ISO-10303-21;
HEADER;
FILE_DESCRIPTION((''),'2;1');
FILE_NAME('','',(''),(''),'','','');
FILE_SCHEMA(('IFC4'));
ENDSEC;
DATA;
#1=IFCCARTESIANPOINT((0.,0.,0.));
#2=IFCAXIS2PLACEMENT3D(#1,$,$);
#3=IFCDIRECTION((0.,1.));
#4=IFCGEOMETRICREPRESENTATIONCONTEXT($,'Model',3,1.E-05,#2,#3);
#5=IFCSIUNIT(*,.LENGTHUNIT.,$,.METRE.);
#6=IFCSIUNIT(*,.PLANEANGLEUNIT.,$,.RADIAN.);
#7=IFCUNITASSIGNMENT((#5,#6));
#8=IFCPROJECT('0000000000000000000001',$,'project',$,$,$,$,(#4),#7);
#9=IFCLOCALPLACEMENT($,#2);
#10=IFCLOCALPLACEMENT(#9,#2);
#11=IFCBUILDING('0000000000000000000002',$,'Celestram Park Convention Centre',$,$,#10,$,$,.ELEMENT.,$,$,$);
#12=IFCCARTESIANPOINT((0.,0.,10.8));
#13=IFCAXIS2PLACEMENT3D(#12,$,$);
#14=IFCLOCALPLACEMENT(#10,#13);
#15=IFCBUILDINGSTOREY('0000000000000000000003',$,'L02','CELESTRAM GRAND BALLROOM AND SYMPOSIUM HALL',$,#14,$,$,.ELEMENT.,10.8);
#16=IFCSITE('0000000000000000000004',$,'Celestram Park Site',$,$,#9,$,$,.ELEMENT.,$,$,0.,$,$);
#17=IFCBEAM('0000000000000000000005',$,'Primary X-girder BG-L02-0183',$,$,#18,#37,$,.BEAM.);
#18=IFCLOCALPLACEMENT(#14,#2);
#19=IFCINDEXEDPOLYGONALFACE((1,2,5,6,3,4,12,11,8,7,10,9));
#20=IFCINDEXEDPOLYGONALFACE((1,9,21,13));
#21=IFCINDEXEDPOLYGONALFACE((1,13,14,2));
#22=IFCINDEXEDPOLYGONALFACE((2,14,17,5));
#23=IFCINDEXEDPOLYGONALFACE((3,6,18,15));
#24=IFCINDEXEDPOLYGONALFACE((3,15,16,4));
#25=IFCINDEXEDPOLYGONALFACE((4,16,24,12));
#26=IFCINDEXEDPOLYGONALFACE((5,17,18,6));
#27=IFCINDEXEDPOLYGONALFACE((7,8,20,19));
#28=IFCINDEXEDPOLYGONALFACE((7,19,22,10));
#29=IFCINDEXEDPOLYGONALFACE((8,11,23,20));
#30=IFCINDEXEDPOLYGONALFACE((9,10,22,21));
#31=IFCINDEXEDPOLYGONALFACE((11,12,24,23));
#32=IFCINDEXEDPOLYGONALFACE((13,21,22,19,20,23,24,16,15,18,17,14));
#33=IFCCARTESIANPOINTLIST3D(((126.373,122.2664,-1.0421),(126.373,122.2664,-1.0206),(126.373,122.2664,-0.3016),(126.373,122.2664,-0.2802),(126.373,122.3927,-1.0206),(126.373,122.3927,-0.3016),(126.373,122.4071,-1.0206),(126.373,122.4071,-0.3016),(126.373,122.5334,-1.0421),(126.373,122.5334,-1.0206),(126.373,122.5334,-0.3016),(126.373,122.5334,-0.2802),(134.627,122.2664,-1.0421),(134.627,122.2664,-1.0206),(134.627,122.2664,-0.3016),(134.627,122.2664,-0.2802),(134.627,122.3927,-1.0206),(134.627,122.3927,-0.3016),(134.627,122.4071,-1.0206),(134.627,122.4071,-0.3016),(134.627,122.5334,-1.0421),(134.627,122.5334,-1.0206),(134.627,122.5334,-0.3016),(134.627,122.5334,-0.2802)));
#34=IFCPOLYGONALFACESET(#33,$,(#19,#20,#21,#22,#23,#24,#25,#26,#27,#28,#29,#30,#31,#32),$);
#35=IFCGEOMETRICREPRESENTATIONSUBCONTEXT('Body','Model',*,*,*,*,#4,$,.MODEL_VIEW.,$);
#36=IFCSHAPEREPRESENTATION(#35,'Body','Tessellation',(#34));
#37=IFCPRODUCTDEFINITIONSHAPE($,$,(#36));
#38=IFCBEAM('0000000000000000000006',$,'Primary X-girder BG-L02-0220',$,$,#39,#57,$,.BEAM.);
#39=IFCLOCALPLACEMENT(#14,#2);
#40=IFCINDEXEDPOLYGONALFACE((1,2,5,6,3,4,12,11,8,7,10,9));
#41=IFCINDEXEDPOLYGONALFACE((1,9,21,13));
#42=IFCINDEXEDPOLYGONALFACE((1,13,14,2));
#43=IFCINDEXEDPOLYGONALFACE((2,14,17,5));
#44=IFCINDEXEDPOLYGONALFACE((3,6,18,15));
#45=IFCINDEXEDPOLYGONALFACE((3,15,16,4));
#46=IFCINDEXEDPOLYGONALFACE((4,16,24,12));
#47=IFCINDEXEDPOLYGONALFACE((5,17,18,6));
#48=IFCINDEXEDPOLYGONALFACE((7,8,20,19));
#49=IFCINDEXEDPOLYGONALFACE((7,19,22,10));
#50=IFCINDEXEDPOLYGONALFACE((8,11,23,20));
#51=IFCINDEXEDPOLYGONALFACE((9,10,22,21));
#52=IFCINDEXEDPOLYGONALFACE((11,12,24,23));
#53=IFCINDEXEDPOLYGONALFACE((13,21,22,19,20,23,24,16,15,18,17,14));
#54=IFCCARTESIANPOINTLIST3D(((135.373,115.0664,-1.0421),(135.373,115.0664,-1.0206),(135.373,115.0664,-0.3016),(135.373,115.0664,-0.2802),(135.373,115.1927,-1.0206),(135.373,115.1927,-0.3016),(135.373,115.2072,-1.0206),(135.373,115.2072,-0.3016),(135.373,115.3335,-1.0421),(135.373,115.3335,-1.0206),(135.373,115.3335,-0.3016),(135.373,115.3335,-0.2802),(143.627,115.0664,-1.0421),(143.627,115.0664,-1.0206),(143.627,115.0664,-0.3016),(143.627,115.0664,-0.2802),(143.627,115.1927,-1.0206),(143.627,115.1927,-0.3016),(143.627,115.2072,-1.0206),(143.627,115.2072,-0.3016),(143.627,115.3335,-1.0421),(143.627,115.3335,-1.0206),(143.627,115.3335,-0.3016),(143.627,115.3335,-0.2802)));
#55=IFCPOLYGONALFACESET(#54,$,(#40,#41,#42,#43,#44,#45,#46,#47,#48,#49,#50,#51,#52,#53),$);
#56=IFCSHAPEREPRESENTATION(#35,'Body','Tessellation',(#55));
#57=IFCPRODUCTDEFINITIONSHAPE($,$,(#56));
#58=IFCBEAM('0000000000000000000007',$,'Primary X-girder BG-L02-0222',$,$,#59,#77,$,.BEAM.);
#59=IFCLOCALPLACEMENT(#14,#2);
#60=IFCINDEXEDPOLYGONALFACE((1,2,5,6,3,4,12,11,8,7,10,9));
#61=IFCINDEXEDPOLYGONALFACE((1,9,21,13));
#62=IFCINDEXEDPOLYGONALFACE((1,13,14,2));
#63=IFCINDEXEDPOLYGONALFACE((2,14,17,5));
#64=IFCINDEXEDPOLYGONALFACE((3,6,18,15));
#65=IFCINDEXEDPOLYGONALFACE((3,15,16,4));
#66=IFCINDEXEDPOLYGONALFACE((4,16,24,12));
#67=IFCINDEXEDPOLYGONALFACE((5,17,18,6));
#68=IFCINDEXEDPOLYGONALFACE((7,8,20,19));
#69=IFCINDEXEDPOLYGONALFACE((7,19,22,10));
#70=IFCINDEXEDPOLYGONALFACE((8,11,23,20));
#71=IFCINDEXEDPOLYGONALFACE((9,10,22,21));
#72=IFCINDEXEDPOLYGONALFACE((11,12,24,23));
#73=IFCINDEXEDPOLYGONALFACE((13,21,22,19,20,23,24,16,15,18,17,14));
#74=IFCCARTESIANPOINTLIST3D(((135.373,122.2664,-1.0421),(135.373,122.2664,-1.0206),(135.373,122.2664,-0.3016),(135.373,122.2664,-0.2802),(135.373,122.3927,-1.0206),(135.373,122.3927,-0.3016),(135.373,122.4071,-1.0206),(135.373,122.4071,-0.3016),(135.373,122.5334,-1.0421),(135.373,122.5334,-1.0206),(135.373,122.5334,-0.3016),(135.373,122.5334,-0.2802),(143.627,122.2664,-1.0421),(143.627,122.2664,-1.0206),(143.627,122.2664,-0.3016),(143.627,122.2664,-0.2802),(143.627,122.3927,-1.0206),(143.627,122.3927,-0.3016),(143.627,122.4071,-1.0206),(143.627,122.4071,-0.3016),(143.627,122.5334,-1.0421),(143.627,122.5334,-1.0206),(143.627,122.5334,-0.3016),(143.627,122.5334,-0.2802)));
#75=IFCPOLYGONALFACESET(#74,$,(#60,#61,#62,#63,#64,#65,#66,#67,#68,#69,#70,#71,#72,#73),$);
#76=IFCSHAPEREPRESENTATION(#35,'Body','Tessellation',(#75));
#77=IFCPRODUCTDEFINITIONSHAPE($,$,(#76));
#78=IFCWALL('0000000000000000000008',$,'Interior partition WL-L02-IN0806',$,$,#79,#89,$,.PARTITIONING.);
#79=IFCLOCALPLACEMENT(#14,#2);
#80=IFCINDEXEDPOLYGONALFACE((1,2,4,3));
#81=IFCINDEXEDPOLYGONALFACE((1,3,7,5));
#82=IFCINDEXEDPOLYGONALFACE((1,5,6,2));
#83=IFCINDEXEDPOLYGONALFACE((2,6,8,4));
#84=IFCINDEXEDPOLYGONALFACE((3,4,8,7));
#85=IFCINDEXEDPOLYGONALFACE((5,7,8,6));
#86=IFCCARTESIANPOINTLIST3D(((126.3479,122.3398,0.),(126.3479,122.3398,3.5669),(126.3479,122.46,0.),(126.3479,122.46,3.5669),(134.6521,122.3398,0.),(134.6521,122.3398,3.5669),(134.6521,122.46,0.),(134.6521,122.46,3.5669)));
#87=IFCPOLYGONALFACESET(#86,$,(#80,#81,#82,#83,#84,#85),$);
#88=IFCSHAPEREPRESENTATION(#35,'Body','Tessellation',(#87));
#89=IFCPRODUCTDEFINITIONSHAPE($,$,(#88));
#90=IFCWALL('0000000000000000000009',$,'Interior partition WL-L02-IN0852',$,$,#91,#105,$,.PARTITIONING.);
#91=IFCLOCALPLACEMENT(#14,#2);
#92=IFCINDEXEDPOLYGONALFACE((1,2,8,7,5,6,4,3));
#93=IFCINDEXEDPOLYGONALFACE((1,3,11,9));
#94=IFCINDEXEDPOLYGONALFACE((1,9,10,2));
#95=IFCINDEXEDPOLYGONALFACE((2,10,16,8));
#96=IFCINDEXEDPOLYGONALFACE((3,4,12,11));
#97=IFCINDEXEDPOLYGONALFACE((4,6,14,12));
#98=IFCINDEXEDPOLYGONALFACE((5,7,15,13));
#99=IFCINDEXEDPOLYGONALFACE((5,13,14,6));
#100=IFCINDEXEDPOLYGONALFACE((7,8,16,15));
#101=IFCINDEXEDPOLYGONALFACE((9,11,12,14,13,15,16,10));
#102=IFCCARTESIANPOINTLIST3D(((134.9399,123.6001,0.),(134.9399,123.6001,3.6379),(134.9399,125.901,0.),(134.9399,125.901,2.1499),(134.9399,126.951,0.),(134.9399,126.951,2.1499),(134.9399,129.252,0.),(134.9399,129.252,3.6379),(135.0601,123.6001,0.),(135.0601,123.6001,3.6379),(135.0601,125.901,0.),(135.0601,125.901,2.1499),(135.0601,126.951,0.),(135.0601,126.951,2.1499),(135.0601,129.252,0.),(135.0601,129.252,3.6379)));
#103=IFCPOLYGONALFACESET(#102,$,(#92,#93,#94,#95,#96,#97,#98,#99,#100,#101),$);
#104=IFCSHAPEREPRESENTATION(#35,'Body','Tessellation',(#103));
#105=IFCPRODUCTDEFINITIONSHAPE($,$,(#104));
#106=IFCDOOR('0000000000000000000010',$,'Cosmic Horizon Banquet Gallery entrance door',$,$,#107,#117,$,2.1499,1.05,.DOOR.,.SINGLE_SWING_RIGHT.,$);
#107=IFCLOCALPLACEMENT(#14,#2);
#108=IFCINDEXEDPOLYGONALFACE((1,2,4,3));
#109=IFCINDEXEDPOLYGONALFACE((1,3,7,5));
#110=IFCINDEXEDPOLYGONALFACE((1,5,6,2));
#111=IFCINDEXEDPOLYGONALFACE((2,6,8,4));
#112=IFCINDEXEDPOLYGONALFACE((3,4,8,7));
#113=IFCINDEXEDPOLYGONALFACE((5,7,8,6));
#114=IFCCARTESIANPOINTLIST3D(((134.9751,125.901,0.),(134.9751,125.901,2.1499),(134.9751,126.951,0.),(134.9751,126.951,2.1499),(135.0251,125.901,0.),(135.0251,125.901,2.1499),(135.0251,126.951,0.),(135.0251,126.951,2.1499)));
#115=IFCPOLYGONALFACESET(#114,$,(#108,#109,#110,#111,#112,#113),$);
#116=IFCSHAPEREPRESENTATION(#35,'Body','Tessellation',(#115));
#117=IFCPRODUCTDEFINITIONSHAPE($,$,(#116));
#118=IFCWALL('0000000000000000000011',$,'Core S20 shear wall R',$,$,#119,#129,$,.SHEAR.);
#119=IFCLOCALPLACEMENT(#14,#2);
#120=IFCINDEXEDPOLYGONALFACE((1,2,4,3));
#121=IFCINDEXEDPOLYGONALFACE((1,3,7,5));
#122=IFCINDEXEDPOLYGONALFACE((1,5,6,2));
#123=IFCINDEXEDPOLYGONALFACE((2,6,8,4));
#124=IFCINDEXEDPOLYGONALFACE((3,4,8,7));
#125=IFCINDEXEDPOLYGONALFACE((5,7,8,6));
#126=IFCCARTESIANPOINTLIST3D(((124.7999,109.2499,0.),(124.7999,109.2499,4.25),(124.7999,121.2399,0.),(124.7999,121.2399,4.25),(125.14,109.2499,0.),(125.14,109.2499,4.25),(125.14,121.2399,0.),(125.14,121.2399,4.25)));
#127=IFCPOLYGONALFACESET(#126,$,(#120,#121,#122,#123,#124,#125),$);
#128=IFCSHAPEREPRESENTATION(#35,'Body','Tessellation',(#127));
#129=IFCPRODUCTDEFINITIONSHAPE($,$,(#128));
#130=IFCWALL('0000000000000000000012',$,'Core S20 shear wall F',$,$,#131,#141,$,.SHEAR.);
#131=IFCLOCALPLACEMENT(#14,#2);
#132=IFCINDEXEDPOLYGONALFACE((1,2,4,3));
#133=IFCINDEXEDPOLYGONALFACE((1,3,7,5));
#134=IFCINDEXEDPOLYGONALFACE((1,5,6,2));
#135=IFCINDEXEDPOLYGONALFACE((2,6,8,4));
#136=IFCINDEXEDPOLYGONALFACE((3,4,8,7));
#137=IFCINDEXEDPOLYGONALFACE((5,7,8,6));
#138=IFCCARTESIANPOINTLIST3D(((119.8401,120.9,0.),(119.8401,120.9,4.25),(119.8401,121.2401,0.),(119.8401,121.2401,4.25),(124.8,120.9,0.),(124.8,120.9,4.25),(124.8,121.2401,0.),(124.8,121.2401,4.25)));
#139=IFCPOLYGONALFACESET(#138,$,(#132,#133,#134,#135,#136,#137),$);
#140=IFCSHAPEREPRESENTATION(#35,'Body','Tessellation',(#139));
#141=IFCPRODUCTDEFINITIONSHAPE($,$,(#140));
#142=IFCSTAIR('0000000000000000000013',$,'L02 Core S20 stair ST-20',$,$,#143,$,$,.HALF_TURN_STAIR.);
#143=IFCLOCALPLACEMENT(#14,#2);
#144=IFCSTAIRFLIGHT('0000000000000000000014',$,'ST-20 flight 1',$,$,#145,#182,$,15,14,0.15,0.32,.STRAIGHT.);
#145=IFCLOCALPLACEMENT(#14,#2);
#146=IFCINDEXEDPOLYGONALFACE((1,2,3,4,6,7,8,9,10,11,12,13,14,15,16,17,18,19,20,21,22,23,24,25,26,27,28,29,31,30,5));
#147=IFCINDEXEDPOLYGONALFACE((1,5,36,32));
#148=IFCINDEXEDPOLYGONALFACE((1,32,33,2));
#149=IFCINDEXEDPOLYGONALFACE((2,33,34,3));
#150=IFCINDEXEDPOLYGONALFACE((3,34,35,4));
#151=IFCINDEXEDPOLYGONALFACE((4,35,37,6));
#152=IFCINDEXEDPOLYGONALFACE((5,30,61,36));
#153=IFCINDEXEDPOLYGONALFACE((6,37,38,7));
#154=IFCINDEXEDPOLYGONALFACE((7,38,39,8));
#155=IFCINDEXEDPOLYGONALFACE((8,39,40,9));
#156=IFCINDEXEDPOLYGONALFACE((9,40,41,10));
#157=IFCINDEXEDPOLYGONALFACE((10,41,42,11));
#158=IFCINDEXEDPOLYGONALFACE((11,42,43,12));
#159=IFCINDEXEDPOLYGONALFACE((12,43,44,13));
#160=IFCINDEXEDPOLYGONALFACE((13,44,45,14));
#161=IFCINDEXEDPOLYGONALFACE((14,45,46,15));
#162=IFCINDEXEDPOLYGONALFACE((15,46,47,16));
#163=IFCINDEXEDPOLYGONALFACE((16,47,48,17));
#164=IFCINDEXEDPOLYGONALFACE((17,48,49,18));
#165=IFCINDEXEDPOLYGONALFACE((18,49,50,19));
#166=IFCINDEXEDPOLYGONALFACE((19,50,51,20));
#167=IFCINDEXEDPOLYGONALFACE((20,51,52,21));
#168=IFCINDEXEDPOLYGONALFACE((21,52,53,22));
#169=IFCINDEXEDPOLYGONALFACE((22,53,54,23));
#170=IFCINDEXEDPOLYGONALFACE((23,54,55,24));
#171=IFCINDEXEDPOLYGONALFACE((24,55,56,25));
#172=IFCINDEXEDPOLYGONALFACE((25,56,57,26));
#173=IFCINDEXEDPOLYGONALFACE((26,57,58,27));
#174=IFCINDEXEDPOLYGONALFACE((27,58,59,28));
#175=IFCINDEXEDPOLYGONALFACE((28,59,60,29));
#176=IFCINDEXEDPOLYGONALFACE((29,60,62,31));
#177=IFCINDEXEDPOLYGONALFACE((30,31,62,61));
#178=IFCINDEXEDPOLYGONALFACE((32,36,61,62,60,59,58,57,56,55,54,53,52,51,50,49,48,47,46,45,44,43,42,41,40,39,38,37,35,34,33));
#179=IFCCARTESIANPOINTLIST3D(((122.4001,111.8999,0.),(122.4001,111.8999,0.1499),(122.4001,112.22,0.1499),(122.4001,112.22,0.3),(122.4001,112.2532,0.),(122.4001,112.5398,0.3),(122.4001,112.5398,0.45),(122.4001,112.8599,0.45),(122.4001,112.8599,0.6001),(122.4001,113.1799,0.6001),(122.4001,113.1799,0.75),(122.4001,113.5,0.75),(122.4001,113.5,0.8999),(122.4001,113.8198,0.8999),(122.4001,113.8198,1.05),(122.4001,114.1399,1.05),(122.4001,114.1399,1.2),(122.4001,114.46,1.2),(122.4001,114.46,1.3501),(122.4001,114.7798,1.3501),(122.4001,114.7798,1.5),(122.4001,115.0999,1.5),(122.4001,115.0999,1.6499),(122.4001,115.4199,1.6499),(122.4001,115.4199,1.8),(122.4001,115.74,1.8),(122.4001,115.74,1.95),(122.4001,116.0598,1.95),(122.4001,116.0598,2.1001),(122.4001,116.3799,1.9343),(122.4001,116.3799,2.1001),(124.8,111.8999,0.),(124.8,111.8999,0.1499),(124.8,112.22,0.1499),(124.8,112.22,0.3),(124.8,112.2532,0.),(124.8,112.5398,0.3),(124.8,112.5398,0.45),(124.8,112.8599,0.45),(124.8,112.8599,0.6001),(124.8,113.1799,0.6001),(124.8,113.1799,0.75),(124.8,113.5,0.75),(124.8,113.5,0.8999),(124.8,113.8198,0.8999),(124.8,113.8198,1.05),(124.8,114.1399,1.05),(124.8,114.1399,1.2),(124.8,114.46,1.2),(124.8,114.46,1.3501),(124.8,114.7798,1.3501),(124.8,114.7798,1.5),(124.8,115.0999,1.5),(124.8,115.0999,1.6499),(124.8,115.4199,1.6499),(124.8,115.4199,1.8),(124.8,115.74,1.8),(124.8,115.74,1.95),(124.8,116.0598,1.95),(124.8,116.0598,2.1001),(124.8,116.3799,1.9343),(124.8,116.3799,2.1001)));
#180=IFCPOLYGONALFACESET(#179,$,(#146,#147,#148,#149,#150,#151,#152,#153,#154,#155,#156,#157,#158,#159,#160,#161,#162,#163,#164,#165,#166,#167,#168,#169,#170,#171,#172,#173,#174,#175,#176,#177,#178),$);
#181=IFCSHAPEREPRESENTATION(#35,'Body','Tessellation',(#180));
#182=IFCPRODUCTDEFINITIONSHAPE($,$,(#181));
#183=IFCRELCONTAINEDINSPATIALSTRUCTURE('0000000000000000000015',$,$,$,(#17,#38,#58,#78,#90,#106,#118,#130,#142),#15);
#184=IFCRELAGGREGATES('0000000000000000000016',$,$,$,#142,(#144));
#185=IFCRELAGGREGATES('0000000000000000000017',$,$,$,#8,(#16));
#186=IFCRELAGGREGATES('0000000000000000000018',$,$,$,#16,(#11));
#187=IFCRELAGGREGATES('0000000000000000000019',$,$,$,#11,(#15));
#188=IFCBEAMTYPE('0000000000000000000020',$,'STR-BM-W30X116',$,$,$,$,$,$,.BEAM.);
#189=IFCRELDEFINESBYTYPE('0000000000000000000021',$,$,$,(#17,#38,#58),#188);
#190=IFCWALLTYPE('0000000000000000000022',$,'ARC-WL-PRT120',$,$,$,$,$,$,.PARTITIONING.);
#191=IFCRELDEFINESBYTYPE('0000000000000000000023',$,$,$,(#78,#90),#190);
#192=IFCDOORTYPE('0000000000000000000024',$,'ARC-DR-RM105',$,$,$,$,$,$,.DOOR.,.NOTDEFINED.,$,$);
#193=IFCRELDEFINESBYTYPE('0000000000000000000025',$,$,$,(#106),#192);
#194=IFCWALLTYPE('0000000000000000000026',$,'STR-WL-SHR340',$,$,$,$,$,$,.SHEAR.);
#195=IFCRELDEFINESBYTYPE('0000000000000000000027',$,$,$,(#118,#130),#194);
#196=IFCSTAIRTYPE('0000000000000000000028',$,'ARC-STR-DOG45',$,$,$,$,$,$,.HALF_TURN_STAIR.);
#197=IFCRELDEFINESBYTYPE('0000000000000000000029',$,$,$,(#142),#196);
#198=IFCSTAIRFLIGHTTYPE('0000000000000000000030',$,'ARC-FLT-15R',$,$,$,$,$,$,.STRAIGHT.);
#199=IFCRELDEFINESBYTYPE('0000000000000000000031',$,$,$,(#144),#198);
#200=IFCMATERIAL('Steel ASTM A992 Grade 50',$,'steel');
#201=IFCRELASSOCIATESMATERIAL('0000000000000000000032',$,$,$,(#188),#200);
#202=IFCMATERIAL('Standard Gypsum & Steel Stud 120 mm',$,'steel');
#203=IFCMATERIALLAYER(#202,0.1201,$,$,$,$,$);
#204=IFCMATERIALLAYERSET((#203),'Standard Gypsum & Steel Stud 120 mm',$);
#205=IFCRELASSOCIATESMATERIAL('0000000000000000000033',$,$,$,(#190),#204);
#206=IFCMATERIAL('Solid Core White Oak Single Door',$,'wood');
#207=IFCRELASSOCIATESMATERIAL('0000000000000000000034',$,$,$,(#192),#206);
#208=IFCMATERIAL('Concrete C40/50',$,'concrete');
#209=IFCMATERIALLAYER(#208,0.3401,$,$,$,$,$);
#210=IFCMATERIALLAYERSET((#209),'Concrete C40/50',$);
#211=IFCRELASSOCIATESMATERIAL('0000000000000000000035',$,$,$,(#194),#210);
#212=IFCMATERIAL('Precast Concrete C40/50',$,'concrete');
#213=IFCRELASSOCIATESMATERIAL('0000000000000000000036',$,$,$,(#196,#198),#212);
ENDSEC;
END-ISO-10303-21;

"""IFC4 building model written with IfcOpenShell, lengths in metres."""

from ifc_helpers import new_model, si_unit, direction, frame, frame_2d, origin, origin_2d, place, context, subcontext, project, spatial, polyline, rectangle, i_section, outline, extrude, material, layer, layer_set, material_profile, profile_set, type_object, element, fill, aggregate, save


model = new_model("IFC4")

# Units and contexts
model_context = context("Model", 3, precision=1e-05, world=origin(), true_north=direction((0.0, 1.0)))
body_context = subcontext(model_context, "Body", "Model", "MODEL_VIEW")
ifc_project = project(units=[si_unit("LENGTHUNIT", "METRE"), si_unit("PLANEANGLEUNIT", "RADIAN")], contexts=[model_context])

# Site, building, storey
site_placement = place(None, origin())
site = spatial("IfcSite", under=ifc_project, at=site_placement, Name="Celestram Park Site", CompositionType="ELEMENT", RefElevation=0.0)
building_placement = place(site_placement, origin())
building = spatial("IfcBuilding", under=site, at=building_placement, Name="Celestram Park Convention Centre", CompositionType="ELEMENT")
storey_placement = place(building_placement, frame((0.0, 0.0, 10.8)))
storey = spatial("IfcBuildingStorey", under=building, at=storey_placement, Name="L02", Description="CELESTRAM GRAND BALLROOM AND SYMPOSIUM HALL", CompositionType="ELEMENT", Elevation=10.8)

# Shared definitions
ifc_material_1 = material(Name="Concrete C40/50", Category="concrete")

# Beams
ifc_material_2 = material(Name="Steel ASTM A992 Grade 50", Category="steel")
ifc_material_profile_1 = material_profile(ifc_material_2, i_section(OverallWidth=0.2671, OverallDepth=0.762, WebThickness=0.0144, FlangeThickness=0.0215, at=origin_2d()), Name="W30X116")
ifc_profile_set_1 = profile_set([ifc_material_profile_1], Name="Steel ASTM A992 Grade 50")
beam_type_1 = type_object("IfcBeamType", Name="STR-BM-W30X116", PredefinedType="BEAM", material=ifc_profile_set_1)
for number, where, z_axis, x_axis, name in (
    (1, (126.373, 122.3999, -0.6611), (1.0, 0.0, 0.0), (0.0, 1.0, 0.0), "Primary X-girder BG-L02-0183"),
    (2, (135.373, 115.2, -0.6611), (1.0, 0.0, 0.0), (0.0, 1.0, 0.0), "Primary X-girder BG-L02-0220"),
    (3, (135.373, 122.3999, -0.6611), (1.0, 0.0, 0.0), (0.0, 1.0, 0.0), "Primary X-girder BG-L02-0222"),
):
    element("IfcBeam", number, at=place(storey_placement, frame(where, z_axis=z_axis, x_axis=x_axis)), inside=storey, type_object=beam_type_1, Name=name, PredefinedType="BEAM", context=body_context, shape_type="SweptSolid", body=[
        extrude(i_section(OverallWidth=0.2671, OverallDepth=0.762, WebThickness=0.0144, FlangeThickness=0.0215, at=origin_2d()), origin(), (0.0, 0.0, 1.0), 8.2539),
    ])

# Wall
ifc_material_3 = material(Name="Standard Gypsum & Steel Stud 120 mm", Category="steel")
ifc_layer_1 = layer(ifc_material_3, 0.1201)
ifc_layer_set_1 = layer_set([ifc_layer_1], Name="Standard Gypsum & Steel Stud 120 mm")
wall_type_1 = type_object("IfcWallType", Name="ARC-WL-PRT120", PredefinedType="PARTITIONING", material=ifc_layer_set_1)
wall_1_placement = place(storey_placement, frame((126.3479, 122.3999, 0.0), z_axis=(0.0, 0.0, 1.0), x_axis=(1.0, 0.0, 0.0)))
element("IfcWall", 4, at=wall_1_placement, inside=storey, type_object=wall_type_1, Name="Interior partition WL-L02-IN0806", PredefinedType="PARTITIONING", context=body_context, shape_type="SweptSolid", body=[
    extrude(rectangle(XDim=8.3042, YDim=0.1201, at=frame_2d((4.1521, 0.0))), origin(), (0.0, 0.0, 1.0), 3.5669),
])

# Wall, opening, door
wall_2_placement = place(storey_placement, frame((135.0, 123.6001, 0.0), z_axis=(0.0, 0.0, 1.0), x_axis=(0.0, 1.0, 0.0)))
wall_2 = element("IfcWall", 5, at=wall_2_placement, inside=storey, type_object=wall_type_1, Name="Interior partition WL-L02-IN0852", PredefinedType="PARTITIONING", context=body_context, shape_type="SweptSolid", body=[
    extrude(rectangle(XDim=5.6519, YDim=0.1201, at=frame_2d((2.8259, 0.0))), origin(), (0.0, 0.0, 1.0), 3.6379),
])
opening_placement = place(wall_2_placement, frame((2.301, 0.0, 0.0)))
opening = element("IfcOpeningElement", 6, at=opening_placement, cuts=wall_2, PredefinedType="OPENING", context=body_context, shape_type="SweptSolid", body=[
    extrude(rectangle(XDim=1.05, YDim=2.1499, at=frame_2d((0.5249, 1.075))), frame((0.0, 0.0701, 0.0), z_axis=(0.0, -1.0, 0.0), x_axis=(1.0, 0.0, 0.0)), (0.0, 0.0, 1.0), 0.1401),
])
ifc_material_4 = material(Name="Solid Core White Oak Single Door", Category="wood")
door_type = type_object("IfcDoorType", Name="ARC-DR-RM105", OperationType="NOTDEFINED", PredefinedType="DOOR", material=ifc_material_4)
door_placement = place(opening_placement, origin())
door = element("IfcDoor", 7, at=door_placement, inside=storey, type_object=door_type, Name="Cosmic Horizon Banquet Gallery entrance door", OperationType="SINGLE_SWING_RIGHT", OverallHeight=2.1499, OverallWidth=1.05, PredefinedType="DOOR", context=body_context, shape_type="SweptSolid", body=[
    extrude(rectangle(XDim=1.05, YDim=2.1499, at=frame_2d((0.5249, 1.075))), frame((0.0, 0.0249, 0.0), z_axis=(0.0, -1.0, 0.0), x_axis=(1.0, 0.0, 0.0)), (0.0, 0.0, 1.0), 0.05),
])
fill(opening, door)

# Walls
ifc_layer_2 = layer(ifc_material_1, 0.3401)
ifc_layer_set_2 = layer_set([ifc_layer_2], Name="Concrete C40/50")
wall_type_2 = type_object("IfcWallType", Name="STR-WL-SHR340", PredefinedType="SHEAR", material=ifc_layer_set_2)
wall_3_placement = place(storey_placement, frame((124.97, 121.24, 0.0), z_axis=(0.0, 0.0, 1.0), x_axis=(0.0, -1.0, 0.0)))
element("IfcWall", 8, at=wall_3_placement, inside=storey, type_object=wall_type_2, Name="Core S20 shear wall R", PredefinedType="SHEAR", context=body_context, shape_type="SweptSolid", body=[
    extrude(rectangle(XDim=11.99, YDim=0.3401, at=frame_2d((5.9951, 0.0))), origin(), (0.0, 0.0, 1.0), 4.25),
])
wall_4_placement = place(storey_placement, frame((119.8401, 121.0701, 0.0), z_axis=(0.0, 0.0, 1.0), x_axis=(1.0, 0.0, 0.0)))
element("IfcWall", 9, at=wall_4_placement, inside=storey, type_object=wall_type_2, Name="Core S20 shear wall F", PredefinedType="SHEAR", context=body_context, shape_type="SweptSolid", body=[
    extrude(rectangle(XDim=4.96, YDim=0.3401, at=frame_2d((2.48, 0.0))), origin(), (0.0, 0.0, 1.0), 4.25),
])

# Stair, stair flight
ifc_material_5 = material(Name="Precast Concrete C40/50", Category="concrete")
stair_type = type_object("IfcStairType", Name="ARC-STR-DOG45", PredefinedType="HALF_TURN_STAIR", material=ifc_material_5)
stair_placement = place(storey_placement, origin())
stair = element("IfcStair", 10, at=stair_placement, inside=storey, type_object=stair_type, Name="L02 Core S20 stair ST-20", PredefinedType="HALF_TURN_STAIR")
stair_flight_type = type_object("IfcStairFlightType", Name="ARC-FLT-15R", PredefinedType="STRAIGHT", material=ifc_material_5)
stair_flight_1_placement = place(storey_placement, frame((123.6001, 111.8999, 0.0), z_axis=(0.0, 0.0, 1.0), x_axis=(0.0, 1.0, 0.0)))
stair_flight_1 = element("IfcStairFlight", 11, at=stair_flight_1_placement, type_object=stair_flight_type, Name="ST-20 flight 1", NumberOfRisers=15, NumberOfTreads=14, PredefinedType="STRAIGHT", RiserHeight=0.15, TreadLength=0.32, context=body_context, shape_type="SweptSolid", body=[
    extrude(outline(polyline([(0.0, 0.0), (0.0, 0.1499), (0.3201, 0.1499), (0.3201, 0.3), (0.6399, 0.3), (0.6399, 0.45), (0.96, 0.45), (0.96, 0.6001), (1.28, 0.6001), (1.28, 0.75), (1.6001, 0.75), (1.6001, 0.8999), (1.9199, 0.8999), (1.9199, 1.05), (2.24, 1.05), (2.24, 1.2), (2.5601, 1.2), (2.5601, 1.3501), (2.8799, 1.3501), (2.8799, 1.5), (3.2, 1.5), (3.2, 1.6499), (3.52, 1.6499), (3.52, 1.8), (3.8401, 1.8), (3.8401, 1.95), (4.1599, 1.95), (4.1599, 2.1001), (4.48, 2.1001), (4.48, 2.25), (4.48, 1.9343), (0.3533, 0.0), (0.0, 0.0)])), frame((0.0, 1.2, 0.0), z_axis=(0.0, -1.0, 0.0), x_axis=(1.0, 0.0, 0.0)), (0.0, 0.0, 1.0), 2.3999),
])
aggregate(stair, [stair_flight_1])

save(model, "model.ifc")
